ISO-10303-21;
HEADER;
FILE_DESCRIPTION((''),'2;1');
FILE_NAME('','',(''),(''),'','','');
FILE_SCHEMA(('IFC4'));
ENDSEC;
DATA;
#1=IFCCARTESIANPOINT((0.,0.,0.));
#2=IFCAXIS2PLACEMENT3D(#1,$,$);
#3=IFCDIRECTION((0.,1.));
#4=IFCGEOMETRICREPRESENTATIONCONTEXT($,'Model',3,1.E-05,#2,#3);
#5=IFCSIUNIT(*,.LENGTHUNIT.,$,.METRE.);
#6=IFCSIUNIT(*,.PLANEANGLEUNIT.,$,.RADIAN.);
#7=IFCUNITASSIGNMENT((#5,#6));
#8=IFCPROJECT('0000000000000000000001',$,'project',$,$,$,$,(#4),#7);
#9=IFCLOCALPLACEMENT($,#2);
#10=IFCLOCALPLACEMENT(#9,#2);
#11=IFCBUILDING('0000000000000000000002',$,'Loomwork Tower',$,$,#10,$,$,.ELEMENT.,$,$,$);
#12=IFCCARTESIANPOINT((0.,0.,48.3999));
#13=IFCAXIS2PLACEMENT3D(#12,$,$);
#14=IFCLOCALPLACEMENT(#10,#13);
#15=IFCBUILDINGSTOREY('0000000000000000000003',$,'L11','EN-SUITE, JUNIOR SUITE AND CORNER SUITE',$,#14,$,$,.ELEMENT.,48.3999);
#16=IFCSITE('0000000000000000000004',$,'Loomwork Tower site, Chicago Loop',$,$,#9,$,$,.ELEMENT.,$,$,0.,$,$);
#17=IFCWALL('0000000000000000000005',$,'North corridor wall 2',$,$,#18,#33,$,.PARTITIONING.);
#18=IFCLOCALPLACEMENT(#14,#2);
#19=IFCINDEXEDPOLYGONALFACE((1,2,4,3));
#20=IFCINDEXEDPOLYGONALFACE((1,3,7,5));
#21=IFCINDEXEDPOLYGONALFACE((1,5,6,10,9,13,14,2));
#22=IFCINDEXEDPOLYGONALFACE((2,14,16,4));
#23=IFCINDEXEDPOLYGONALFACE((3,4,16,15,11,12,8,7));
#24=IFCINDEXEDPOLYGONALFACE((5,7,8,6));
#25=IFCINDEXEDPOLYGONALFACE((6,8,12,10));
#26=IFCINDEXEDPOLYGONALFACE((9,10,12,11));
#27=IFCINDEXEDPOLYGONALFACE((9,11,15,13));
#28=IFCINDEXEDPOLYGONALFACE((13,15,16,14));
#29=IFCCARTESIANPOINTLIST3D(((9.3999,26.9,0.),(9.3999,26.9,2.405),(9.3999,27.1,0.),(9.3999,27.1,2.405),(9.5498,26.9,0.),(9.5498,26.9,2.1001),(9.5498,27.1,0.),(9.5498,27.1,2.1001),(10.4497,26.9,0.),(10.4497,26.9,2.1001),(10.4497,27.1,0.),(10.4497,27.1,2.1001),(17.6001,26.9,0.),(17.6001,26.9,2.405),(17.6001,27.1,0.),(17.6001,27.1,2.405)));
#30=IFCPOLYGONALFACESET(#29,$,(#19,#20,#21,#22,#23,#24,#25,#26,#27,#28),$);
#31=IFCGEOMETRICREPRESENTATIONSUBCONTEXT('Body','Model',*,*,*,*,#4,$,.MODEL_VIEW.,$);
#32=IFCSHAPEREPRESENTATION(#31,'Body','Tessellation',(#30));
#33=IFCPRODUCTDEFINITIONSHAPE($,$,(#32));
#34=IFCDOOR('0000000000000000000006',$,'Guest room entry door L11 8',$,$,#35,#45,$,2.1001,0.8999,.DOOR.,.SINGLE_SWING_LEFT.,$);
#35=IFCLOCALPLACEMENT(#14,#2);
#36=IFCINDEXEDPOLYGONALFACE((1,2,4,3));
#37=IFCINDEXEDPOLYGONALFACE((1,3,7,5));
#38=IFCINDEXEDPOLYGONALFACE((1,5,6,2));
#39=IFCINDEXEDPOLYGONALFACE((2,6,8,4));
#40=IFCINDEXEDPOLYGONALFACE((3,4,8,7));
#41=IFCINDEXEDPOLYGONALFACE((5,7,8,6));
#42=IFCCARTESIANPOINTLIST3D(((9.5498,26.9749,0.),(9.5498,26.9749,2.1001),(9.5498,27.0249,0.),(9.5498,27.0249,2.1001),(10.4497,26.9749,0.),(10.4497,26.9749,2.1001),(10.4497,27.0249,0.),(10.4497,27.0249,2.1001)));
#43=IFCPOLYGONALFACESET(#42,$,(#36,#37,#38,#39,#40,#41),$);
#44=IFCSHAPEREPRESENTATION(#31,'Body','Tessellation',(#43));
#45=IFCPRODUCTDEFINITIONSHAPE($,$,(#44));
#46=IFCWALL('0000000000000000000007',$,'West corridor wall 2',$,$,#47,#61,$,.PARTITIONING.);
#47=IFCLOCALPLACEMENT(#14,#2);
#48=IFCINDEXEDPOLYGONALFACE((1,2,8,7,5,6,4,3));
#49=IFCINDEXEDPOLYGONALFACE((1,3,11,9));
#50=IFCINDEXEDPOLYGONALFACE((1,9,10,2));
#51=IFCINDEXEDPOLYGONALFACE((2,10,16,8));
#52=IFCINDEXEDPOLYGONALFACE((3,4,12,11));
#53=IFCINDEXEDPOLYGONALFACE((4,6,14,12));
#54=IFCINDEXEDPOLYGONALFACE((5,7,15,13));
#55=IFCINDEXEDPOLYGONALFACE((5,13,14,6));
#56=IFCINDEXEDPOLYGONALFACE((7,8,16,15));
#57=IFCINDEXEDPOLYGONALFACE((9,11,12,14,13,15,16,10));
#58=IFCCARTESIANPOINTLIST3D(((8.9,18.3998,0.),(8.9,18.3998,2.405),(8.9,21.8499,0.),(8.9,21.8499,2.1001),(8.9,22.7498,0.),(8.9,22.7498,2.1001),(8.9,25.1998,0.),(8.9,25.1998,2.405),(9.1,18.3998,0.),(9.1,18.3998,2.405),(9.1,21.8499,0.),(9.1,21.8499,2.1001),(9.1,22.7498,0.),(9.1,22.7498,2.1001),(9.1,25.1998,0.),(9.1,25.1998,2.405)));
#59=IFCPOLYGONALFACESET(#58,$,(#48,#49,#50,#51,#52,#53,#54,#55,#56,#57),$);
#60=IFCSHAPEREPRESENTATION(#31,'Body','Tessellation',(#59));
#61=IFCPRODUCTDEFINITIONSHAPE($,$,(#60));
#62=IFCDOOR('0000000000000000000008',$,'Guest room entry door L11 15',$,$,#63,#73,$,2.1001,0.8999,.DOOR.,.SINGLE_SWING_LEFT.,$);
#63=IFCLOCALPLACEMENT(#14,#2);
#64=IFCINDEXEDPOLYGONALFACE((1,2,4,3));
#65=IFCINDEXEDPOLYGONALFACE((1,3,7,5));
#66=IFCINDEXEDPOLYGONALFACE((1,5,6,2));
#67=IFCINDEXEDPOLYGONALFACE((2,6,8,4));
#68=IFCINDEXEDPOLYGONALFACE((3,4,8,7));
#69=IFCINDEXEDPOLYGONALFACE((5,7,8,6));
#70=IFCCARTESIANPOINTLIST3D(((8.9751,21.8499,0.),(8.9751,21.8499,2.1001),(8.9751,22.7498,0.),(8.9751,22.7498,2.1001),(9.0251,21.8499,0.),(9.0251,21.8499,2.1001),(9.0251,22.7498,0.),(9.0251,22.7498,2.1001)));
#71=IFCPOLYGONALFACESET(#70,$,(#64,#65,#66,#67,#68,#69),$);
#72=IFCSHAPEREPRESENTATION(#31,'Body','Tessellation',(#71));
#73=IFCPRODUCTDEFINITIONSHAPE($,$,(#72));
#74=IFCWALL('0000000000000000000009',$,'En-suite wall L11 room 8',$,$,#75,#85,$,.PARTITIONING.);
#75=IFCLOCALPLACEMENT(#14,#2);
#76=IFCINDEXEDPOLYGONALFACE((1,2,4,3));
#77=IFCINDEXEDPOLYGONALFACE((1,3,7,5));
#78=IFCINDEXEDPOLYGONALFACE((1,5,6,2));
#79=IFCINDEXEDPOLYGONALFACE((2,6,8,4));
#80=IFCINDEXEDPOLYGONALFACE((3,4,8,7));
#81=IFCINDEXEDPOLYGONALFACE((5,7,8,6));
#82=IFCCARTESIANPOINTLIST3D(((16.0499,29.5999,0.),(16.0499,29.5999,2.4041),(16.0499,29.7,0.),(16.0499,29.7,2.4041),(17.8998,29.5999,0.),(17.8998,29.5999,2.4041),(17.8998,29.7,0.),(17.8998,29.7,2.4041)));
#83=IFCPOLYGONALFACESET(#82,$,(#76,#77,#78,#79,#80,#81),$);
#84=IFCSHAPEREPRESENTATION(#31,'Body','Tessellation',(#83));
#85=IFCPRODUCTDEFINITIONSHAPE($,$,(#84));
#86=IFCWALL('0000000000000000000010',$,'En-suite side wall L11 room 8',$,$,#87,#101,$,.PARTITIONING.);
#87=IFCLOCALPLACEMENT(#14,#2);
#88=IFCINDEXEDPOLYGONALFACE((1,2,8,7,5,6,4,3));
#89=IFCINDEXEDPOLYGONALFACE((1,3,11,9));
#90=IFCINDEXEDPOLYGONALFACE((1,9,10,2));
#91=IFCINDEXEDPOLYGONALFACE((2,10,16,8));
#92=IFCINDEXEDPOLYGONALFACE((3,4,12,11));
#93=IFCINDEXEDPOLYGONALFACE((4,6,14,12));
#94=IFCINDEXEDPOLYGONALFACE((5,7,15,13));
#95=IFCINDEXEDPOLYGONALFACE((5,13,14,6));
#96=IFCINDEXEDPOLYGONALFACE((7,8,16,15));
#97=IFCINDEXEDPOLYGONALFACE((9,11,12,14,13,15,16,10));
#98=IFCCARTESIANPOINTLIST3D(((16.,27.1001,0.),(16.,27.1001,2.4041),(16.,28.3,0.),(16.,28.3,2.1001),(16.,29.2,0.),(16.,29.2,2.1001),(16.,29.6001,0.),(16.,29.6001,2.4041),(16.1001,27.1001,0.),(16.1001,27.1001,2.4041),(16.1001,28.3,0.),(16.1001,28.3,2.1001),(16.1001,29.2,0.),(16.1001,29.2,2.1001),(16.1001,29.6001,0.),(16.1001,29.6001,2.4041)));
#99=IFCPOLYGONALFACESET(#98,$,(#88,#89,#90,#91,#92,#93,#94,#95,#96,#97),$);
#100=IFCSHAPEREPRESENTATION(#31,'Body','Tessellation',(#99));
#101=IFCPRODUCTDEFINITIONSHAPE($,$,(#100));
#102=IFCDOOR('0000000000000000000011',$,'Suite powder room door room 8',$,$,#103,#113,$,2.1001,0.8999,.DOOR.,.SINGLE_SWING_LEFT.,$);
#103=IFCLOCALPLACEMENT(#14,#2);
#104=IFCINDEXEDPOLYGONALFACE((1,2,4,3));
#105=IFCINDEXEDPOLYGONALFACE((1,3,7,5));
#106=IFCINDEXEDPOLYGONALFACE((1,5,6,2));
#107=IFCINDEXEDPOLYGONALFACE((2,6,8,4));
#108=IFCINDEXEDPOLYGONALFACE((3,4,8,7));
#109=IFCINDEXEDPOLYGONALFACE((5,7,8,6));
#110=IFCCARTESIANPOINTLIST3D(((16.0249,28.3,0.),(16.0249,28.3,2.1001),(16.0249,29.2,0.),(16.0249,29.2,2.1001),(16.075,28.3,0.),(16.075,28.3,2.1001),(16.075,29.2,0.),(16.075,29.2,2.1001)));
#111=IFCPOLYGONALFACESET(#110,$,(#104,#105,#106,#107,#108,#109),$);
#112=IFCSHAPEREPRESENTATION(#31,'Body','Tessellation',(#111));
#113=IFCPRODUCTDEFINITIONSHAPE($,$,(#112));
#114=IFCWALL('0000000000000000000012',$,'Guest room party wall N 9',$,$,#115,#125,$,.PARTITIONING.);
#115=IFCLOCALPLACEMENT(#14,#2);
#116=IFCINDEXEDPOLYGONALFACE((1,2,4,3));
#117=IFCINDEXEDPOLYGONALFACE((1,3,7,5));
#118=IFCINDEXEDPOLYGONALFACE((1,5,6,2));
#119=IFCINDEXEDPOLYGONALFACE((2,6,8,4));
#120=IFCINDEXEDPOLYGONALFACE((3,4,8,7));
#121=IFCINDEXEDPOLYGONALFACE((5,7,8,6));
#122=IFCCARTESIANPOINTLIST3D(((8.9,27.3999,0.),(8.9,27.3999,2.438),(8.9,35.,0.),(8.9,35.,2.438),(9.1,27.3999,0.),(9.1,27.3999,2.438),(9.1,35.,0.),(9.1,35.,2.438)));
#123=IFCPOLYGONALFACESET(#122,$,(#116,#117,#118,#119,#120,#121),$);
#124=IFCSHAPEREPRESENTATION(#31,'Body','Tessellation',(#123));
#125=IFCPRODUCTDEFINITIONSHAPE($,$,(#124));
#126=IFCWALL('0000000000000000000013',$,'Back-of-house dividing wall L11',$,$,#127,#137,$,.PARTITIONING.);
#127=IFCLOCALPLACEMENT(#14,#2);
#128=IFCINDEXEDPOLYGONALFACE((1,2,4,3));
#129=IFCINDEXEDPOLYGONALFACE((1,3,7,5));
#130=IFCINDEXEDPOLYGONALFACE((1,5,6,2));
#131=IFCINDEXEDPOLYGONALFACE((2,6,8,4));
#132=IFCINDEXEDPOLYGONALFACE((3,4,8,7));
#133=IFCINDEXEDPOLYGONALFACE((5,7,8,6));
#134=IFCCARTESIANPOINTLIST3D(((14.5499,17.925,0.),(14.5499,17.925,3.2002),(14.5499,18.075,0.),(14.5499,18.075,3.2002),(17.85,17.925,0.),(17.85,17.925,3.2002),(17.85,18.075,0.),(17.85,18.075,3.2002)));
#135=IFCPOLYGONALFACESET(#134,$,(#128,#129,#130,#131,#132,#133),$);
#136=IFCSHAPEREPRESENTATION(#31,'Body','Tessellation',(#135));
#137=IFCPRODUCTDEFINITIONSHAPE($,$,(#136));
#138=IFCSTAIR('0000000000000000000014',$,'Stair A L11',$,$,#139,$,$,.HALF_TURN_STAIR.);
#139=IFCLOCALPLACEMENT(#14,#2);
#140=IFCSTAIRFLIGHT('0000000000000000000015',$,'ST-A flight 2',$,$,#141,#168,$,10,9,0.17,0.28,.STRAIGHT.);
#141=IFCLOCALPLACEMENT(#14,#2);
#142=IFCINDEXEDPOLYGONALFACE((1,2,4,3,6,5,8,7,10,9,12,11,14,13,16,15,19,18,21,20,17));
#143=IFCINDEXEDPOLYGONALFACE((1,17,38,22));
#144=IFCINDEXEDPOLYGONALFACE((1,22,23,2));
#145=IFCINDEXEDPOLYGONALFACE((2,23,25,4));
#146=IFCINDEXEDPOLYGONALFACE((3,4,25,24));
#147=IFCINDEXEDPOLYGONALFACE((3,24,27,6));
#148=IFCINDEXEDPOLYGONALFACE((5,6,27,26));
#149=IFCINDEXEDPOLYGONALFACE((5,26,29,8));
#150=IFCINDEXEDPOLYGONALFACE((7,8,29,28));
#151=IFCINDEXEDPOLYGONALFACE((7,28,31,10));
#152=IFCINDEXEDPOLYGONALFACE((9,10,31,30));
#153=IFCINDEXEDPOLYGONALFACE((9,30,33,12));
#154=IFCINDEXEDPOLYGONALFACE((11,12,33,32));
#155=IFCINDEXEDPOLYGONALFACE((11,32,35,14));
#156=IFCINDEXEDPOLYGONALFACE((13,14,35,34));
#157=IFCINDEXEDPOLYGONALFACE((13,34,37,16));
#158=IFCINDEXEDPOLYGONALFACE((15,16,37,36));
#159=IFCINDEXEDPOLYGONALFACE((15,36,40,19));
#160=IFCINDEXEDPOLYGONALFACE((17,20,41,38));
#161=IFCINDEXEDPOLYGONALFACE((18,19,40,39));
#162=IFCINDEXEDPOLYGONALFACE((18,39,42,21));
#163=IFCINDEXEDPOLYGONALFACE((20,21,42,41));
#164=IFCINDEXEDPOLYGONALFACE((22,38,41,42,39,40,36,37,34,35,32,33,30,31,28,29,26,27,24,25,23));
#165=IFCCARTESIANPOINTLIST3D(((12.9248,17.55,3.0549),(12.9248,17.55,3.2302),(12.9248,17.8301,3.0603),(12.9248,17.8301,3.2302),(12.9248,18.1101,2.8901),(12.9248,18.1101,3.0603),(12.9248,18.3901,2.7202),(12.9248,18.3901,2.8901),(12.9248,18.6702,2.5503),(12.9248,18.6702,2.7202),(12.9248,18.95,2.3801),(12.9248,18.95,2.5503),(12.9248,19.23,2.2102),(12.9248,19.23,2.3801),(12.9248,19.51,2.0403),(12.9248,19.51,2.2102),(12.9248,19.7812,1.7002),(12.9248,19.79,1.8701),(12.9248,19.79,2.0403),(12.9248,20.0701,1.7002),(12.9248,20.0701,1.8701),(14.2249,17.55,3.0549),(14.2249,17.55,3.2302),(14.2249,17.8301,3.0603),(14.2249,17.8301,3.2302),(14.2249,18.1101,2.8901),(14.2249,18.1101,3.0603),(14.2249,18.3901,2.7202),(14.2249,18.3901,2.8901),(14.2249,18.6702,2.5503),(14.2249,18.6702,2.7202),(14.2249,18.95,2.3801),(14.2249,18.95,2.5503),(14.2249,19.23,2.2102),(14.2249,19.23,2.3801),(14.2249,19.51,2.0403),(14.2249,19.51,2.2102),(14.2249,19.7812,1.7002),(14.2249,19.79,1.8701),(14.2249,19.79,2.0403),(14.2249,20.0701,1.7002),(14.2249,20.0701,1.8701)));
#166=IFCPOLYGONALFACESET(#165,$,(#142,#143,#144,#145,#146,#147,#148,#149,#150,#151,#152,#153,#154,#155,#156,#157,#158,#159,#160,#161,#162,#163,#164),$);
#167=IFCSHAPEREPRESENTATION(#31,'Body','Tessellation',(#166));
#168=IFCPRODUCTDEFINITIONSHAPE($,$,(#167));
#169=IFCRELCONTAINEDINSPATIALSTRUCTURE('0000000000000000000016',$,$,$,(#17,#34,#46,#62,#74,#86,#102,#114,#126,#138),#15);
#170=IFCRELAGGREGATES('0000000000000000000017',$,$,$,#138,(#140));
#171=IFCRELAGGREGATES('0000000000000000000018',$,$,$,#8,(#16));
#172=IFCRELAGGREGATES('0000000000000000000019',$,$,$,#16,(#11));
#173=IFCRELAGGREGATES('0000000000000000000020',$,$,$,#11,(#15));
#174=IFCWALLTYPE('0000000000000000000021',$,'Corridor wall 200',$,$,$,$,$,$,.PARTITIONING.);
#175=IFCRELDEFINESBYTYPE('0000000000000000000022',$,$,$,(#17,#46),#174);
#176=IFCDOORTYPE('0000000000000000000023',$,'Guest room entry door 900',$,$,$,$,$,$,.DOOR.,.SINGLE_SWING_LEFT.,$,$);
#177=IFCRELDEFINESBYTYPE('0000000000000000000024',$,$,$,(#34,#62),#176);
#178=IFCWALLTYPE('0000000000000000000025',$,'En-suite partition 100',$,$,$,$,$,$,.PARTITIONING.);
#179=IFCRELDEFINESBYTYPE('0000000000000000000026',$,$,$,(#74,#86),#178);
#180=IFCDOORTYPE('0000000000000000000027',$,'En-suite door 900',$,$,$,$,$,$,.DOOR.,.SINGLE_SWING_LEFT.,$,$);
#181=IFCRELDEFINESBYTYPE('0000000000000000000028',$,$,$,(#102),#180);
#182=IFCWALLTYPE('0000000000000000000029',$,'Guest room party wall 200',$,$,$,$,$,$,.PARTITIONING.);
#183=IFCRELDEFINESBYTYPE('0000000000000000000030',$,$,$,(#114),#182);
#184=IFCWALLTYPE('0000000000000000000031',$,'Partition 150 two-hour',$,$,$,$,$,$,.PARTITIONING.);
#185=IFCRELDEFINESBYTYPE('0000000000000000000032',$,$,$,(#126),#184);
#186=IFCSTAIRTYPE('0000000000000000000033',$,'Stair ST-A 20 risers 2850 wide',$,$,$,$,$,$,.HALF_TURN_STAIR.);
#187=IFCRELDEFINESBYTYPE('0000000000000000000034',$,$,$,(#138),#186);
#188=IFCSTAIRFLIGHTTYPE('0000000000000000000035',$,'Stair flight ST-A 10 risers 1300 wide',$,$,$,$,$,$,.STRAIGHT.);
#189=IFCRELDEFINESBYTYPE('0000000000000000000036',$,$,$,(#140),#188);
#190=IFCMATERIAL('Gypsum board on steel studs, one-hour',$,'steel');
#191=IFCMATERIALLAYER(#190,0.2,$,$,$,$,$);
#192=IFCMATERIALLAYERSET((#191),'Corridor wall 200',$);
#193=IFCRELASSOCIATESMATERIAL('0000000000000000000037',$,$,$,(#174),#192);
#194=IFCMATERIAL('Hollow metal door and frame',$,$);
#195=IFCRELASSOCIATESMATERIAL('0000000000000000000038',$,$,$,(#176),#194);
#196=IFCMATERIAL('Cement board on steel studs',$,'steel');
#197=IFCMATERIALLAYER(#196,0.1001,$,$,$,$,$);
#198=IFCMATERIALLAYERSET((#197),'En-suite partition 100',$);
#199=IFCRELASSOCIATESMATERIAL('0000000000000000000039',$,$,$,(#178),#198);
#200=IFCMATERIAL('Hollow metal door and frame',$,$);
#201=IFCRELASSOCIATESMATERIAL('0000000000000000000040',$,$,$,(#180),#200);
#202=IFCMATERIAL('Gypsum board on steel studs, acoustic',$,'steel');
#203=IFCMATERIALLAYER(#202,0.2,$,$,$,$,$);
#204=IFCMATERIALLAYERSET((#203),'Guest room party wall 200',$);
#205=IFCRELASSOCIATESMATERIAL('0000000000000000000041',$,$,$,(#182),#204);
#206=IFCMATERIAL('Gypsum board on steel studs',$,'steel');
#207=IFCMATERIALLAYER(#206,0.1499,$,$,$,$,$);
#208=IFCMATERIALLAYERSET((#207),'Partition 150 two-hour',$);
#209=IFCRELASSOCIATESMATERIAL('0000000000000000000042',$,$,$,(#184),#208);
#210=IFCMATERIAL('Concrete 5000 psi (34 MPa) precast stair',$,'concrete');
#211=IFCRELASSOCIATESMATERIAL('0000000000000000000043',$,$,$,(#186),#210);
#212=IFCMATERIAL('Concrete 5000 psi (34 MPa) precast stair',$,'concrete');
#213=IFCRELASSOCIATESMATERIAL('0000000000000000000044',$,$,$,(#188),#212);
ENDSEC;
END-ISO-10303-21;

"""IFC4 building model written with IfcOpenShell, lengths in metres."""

from ifc_helpers import new_model, si_unit, direction, frame, frame_2d, origin, place, context, subcontext, project, spatial, polyline, rectangle, outline, extrude, material, layer, layer_set, type_object, element, fill, aggregate, save


model = new_model("IFC4")

# Units and contexts
model_context = context("Model", 3, precision=1e-05, world=origin(), true_north=direction((0.0, 1.0)))
body_context = subcontext(model_context, "Body", "Model", "MODEL_VIEW")
ifc_project = project(units=[si_unit("LENGTHUNIT", "METRE"), si_unit("PLANEANGLEUNIT", "RADIAN")], contexts=[model_context])

# Site, building, storey
site_placement = place(None, origin())
site = spatial("IfcSite", under=ifc_project, at=site_placement, Name="Loomwork Tower site, Chicago Loop", CompositionType="ELEMENT", RefElevation=0.0)
building_placement = place(site_placement, origin())
building = spatial("IfcBuilding", under=site, at=building_placement, Name="Loomwork Tower", CompositionType="ELEMENT")
storey_placement = place(building_placement, frame((0.0, 0.0, 48.3999)))
storey = spatial("IfcBuildingStorey", under=building, at=storey_placement, Name="L11", Description="EN-SUITE, JUNIOR SUITE AND CORNER SUITE", CompositionType="ELEMENT", Elevation=48.3999)

# Walls, openings, doors
ifc_material_1 = material(Name="Gypsum board on steel studs, one-hour", Category="steel")
ifc_layer_1 = layer(ifc_material_1, 0.2)
ifc_layer_set_1 = layer_set([ifc_layer_1], Name="Corridor wall 200")
wall_type_1 = type_object("IfcWallType", Name="Corridor wall 200", PredefinedType="PARTITIONING", material=ifc_layer_set_1)
wall_1_placement = place(storey_placement, frame((9.3999, 27.0, 0.0), z_axis=(0.0, 0.0, 1.0), x_axis=(1.0, 0.0, 0.0)))
wall_1 = element("IfcWall", 1, at=wall_1_placement, inside=storey, type_object=wall_type_1, Name="North corridor wall 2", PredefinedType="PARTITIONING", context=body_context, shape_type="SweptSolid", body=[
    extrude(rectangle(XDim=8.2002, YDim=0.2, at=frame_2d((4.1001, 0.0))), origin(), (0.0, 0.0, 1.0), 2.405),
])
opening_1_placement = place(wall_1_placement, frame((0.1499, 0.0, 0.0)))
opening_1 = element("IfcOpeningElement", 2, at=opening_1_placement, cuts=wall_1, PredefinedType="OPENING", context=body_context, shape_type="SweptSolid", body=[
    extrude(rectangle(XDim=0.8999, YDim=2.1001, at=frame_2d((0.45, 1.05))), frame((0.0, 0.1099, 0.0), z_axis=(0.0, -1.0, 0.0), x_axis=(1.0, 0.0, 0.0)), (0.0, 0.0, 1.0), 0.22),
])
ifc_material_2 = material(Name="Hollow metal door and frame")
door_type_1 = type_object("IfcDoorType", Name="Guest room entry door 900", OperationType="SINGLE_SWING_LEFT", PredefinedType="DOOR", material=ifc_material_2)
door_1_placement = place(opening_1_placement, origin())
door_1 = element("IfcDoor", 3, at=door_1_placement, inside=storey, type_object=door_type_1, Name="Guest room entry door L11 8", OperationType="SINGLE_SWING_LEFT", OverallHeight=2.1001, OverallWidth=0.8999, PredefinedType="DOOR", context=body_context, shape_type="SweptSolid", body=[
    extrude(rectangle(XDim=0.8999, YDim=2.1001, at=frame_2d((0.45, 1.05))), frame((0.0, 0.0249, 0.0), z_axis=(0.0, -1.0, 0.0), x_axis=(1.0, 0.0, 0.0)), (0.0, 0.0, 1.0), 0.05),
])
fill(opening_1, door_1)
wall_2_placement = place(storey_placement, frame((9.0, 18.3999, 0.0), z_axis=(0.0, 0.0, 1.0), x_axis=(0.0, 1.0, 0.0)))
wall_2 = element("IfcWall", 4, at=wall_2_placement, inside=storey, type_object=wall_type_1, Name="West corridor wall 2", PredefinedType="PARTITIONING", context=body_context, shape_type="SweptSolid", body=[
    extrude(rectangle(XDim=6.8, YDim=0.2, at=frame_2d((3.3999, 0.0))), origin(), (0.0, 0.0, 1.0), 2.405),
])
opening_2_placement = place(wall_2_placement, frame((3.45, 0.0, 0.0)))
opening_2 = element("IfcOpeningElement", 5, at=opening_2_placement, cuts=wall_2, PredefinedType="OPENING", context=body_context, shape_type="SweptSolid", body=[
    extrude(rectangle(XDim=0.8999, YDim=2.1001, at=frame_2d((0.45, 1.05))), frame((0.0, 0.1099, 0.0), z_axis=(0.0, -1.0, 0.0), x_axis=(1.0, 0.0, 0.0)), (0.0, 0.0, 1.0), 0.22),
])
door_2_placement = place(opening_2_placement, origin())
door_2 = element("IfcDoor", 6, at=door_2_placement, inside=storey, type_object=door_type_1, Name="Guest room entry door L11 15", OperationType="SINGLE_SWING_LEFT", OverallHeight=2.1001, OverallWidth=0.8999, PredefinedType="DOOR", context=body_context, shape_type="SweptSolid", body=[
    extrude(rectangle(XDim=0.8999, YDim=2.1001, at=frame_2d((0.45, 1.05))), frame((0.0, 0.0249, 0.0), z_axis=(0.0, -1.0, 0.0), x_axis=(1.0, 0.0, 0.0)), (0.0, 0.0, 1.0), 0.05),
])
fill(opening_2, door_2)

# Wall
ifc_material_3 = material(Name="Cement board on steel studs", Category="steel")
ifc_layer_2 = layer(ifc_material_3, 0.1001)
ifc_layer_set_2 = layer_set([ifc_layer_2], Name="En-suite partition 100")
wall_type_2 = type_object("IfcWallType", Name="En-suite partition 100", PredefinedType="PARTITIONING", material=ifc_layer_set_2)
wall_3_placement = place(storey_placement, frame((16.05, 29.6499, 0.0), z_axis=(0.0, 0.0, 1.0), x_axis=(1.0, 0.0, 0.0)))
element("IfcWall", 7, at=wall_3_placement, inside=storey, type_object=wall_type_2, Name="En-suite wall L11 room 8", PredefinedType="PARTITIONING", context=body_context, shape_type="SweptSolid", body=[
    extrude(rectangle(XDim=1.8499, YDim=0.1001, at=frame_2d((0.9248, 0.0))), origin(), (0.0, 0.0, 1.0), 2.4041),
])

# Wall, opening, door
wall_4_placement = place(storey_placement, frame((16.05, 27.1001, 0.0), z_axis=(0.0, 0.0, 1.0), x_axis=(0.0, 1.0, 0.0)))
wall_4 = element("IfcWall", 8, at=wall_4_placement, inside=storey, type_object=wall_type_2, Name="En-suite side wall L11 room 8", PredefinedType="PARTITIONING", context=body_context, shape_type="SweptSolid", body=[
    extrude(rectangle(XDim=2.5, YDim=0.1001, at=frame_2d((1.25, 0.0))), origin(), (0.0, 0.0, 1.0), 2.4041),
])
opening_3_placement = place(wall_4_placement, frame((1.2, 0.0, 0.0)))
opening_3 = element("IfcOpeningElement", 9, at=opening_3_placement, cuts=wall_4, PredefinedType="OPENING", context=body_context, shape_type="SweptSolid", body=[
    extrude(rectangle(XDim=0.8999, YDim=2.1001, at=frame_2d((0.45, 1.05))), frame((0.0, 0.0601, 0.0), z_axis=(0.0, -1.0, 0.0), x_axis=(1.0, 0.0, 0.0)), (0.0, 0.0, 1.0), 0.1201),
])
ifc_material_4 = material(Name="Hollow metal door and frame")
door_type_2 = type_object("IfcDoorType", Name="En-suite door 900", OperationType="SINGLE_SWING_LEFT", PredefinedType="DOOR", material=ifc_material_4)
door_3_placement = place(opening_3_placement, frame((0.8999, 0.0, 0.0), z_axis=(0.0, 0.0, 1.0), x_axis=(-1.0, 0.0, 0.0)))
door_3 = element("IfcDoor", 10, at=door_3_placement, inside=storey, type_object=door_type_2, Name="Suite powder room door room 8", OperationType="SINGLE_SWING_LEFT", OverallHeight=2.1001, OverallWidth=0.8999, PredefinedType="DOOR", context=body_context, shape_type="SweptSolid", body=[
    extrude(rectangle(XDim=0.8999, YDim=2.1001, at=frame_2d((0.45, 1.05))), frame((0.0, 0.0249, 0.0), z_axis=(0.0, -1.0, 0.0), x_axis=(1.0, 0.0, 0.0)), (0.0, 0.0, 1.0), 0.05),
])
fill(opening_3, door_3)

# Walls
ifc_material_5 = material(Name="Gypsum board on steel studs, acoustic", Category="steel")
ifc_layer_3 = layer(ifc_material_5, 0.2)
ifc_layer_set_3 = layer_set([ifc_layer_3], Name="Guest room party wall 200")
wall_type_3 = type_object("IfcWallType", Name="Guest room party wall 200", PredefinedType="PARTITIONING", material=ifc_layer_set_3)
wall_5_placement = place(storey_placement, frame((9.0, 27.3999, 0.0), z_axis=(0.0, 0.0, 1.0), x_axis=(0.0, 1.0, 0.0)))
element("IfcWall", 11, at=wall_5_placement, inside=storey, type_object=wall_type_3, Name="Guest room party wall N 9", PredefinedType="PARTITIONING", context=body_context, shape_type="SweptSolid", body=[
    extrude(rectangle(XDim=7.6001, YDim=0.2, at=frame_2d((3.8, 0.0))), origin(), (0.0, 0.0, 1.0), 2.438),
])
ifc_material_6 = material(Name="Gypsum board on steel studs", Category="steel")
ifc_layer_4 = layer(ifc_material_6, 0.1499)
ifc_layer_set_4 = layer_set([ifc_layer_4], Name="Partition 150 two-hour")
wall_type_4 = type_object("IfcWallType", Name="Partition 150 two-hour", PredefinedType="PARTITIONING", material=ifc_layer_set_4)
wall_6_placement = place(storey_placement, frame((14.55, 18.0, 0.0), z_axis=(0.0, 0.0, 1.0), x_axis=(1.0, 0.0, 0.0)))
element("IfcWall", 12, at=wall_6_placement, inside=storey, type_object=wall_type_4, Name="Back-of-house dividing wall L11", PredefinedType="PARTITIONING", context=body_context, shape_type="SweptSolid", body=[
    extrude(rectangle(XDim=3.3, YDim=0.1499, at=frame_2d((1.6499, 0.0))), origin(), (0.0, 0.0, 1.0), 3.2002),
])

# Stair, stair flight
ifc_material_7 = material(Name="Concrete 5000 psi (34 MPa) precast stair", Category="concrete")
stair_type = type_object("IfcStairType", Name="Stair ST-A 20 risers 2850 wide", PredefinedType="HALF_TURN_STAIR", material=ifc_material_7)
stair_placement = place(storey_placement, origin())
stair = element("IfcStair", 13, at=stair_placement, inside=storey, type_object=stair_type, Name="Stair A L11", PredefinedType="HALF_TURN_STAIR")
ifc_material_8 = material(Name="Concrete 5000 psi (34 MPa) precast stair", Category="concrete")
stair_flight_type = type_object("IfcStairFlightType", Name="Stair flight ST-A 10 risers 1300 wide", PredefinedType="STRAIGHT", material=ifc_material_8)
stair_flight_placement = place(storey_placement, frame((13.575, 20.0701, 1.7002), z_axis=(0.0, 0.0, 1.0), x_axis=(0.0, -1.0, 0.0)))
stair_flight = element("IfcStairFlight", 14, at=stair_flight_placement, type_object=stair_flight_type, Name="ST-A flight 2", NumberOfRisers=10, NumberOfTreads=9, PredefinedType="STRAIGHT", RiserHeight=0.17, TreadLength=0.28, context=body_context, shape_type="SweptSolid", body=[
    extrude(outline(polyline([(0.0, 0.0), (0.0, 0.1699), (0.28, 0.1699), (0.28, 0.3401), (0.5601, 0.3401), (0.5601, 0.51), (0.8401, 0.51), (0.8401, 0.6799), (1.1201, 0.6799), (1.1201, 0.8501), (1.3999, 0.8501), (1.3999, 1.02), (1.6799, 1.02), (1.6799, 1.1899), (1.96, 1.1899), (1.96, 1.3601), (2.24, 1.3601), (2.24, 1.53), (2.52, 1.53), (2.52, 1.7), (2.52, 1.3547), (0.2888, 0.0), (0.0, 0.0)])), frame((0.0, 0.6499, 0.0), z_axis=(0.0, -1.0, 0.0), x_axis=(1.0, 0.0, 0.0)), (0.0, 0.0, 1.0), 1.3),
])
aggregate(stair, [stair_flight])

save(model, "model.ifc")
